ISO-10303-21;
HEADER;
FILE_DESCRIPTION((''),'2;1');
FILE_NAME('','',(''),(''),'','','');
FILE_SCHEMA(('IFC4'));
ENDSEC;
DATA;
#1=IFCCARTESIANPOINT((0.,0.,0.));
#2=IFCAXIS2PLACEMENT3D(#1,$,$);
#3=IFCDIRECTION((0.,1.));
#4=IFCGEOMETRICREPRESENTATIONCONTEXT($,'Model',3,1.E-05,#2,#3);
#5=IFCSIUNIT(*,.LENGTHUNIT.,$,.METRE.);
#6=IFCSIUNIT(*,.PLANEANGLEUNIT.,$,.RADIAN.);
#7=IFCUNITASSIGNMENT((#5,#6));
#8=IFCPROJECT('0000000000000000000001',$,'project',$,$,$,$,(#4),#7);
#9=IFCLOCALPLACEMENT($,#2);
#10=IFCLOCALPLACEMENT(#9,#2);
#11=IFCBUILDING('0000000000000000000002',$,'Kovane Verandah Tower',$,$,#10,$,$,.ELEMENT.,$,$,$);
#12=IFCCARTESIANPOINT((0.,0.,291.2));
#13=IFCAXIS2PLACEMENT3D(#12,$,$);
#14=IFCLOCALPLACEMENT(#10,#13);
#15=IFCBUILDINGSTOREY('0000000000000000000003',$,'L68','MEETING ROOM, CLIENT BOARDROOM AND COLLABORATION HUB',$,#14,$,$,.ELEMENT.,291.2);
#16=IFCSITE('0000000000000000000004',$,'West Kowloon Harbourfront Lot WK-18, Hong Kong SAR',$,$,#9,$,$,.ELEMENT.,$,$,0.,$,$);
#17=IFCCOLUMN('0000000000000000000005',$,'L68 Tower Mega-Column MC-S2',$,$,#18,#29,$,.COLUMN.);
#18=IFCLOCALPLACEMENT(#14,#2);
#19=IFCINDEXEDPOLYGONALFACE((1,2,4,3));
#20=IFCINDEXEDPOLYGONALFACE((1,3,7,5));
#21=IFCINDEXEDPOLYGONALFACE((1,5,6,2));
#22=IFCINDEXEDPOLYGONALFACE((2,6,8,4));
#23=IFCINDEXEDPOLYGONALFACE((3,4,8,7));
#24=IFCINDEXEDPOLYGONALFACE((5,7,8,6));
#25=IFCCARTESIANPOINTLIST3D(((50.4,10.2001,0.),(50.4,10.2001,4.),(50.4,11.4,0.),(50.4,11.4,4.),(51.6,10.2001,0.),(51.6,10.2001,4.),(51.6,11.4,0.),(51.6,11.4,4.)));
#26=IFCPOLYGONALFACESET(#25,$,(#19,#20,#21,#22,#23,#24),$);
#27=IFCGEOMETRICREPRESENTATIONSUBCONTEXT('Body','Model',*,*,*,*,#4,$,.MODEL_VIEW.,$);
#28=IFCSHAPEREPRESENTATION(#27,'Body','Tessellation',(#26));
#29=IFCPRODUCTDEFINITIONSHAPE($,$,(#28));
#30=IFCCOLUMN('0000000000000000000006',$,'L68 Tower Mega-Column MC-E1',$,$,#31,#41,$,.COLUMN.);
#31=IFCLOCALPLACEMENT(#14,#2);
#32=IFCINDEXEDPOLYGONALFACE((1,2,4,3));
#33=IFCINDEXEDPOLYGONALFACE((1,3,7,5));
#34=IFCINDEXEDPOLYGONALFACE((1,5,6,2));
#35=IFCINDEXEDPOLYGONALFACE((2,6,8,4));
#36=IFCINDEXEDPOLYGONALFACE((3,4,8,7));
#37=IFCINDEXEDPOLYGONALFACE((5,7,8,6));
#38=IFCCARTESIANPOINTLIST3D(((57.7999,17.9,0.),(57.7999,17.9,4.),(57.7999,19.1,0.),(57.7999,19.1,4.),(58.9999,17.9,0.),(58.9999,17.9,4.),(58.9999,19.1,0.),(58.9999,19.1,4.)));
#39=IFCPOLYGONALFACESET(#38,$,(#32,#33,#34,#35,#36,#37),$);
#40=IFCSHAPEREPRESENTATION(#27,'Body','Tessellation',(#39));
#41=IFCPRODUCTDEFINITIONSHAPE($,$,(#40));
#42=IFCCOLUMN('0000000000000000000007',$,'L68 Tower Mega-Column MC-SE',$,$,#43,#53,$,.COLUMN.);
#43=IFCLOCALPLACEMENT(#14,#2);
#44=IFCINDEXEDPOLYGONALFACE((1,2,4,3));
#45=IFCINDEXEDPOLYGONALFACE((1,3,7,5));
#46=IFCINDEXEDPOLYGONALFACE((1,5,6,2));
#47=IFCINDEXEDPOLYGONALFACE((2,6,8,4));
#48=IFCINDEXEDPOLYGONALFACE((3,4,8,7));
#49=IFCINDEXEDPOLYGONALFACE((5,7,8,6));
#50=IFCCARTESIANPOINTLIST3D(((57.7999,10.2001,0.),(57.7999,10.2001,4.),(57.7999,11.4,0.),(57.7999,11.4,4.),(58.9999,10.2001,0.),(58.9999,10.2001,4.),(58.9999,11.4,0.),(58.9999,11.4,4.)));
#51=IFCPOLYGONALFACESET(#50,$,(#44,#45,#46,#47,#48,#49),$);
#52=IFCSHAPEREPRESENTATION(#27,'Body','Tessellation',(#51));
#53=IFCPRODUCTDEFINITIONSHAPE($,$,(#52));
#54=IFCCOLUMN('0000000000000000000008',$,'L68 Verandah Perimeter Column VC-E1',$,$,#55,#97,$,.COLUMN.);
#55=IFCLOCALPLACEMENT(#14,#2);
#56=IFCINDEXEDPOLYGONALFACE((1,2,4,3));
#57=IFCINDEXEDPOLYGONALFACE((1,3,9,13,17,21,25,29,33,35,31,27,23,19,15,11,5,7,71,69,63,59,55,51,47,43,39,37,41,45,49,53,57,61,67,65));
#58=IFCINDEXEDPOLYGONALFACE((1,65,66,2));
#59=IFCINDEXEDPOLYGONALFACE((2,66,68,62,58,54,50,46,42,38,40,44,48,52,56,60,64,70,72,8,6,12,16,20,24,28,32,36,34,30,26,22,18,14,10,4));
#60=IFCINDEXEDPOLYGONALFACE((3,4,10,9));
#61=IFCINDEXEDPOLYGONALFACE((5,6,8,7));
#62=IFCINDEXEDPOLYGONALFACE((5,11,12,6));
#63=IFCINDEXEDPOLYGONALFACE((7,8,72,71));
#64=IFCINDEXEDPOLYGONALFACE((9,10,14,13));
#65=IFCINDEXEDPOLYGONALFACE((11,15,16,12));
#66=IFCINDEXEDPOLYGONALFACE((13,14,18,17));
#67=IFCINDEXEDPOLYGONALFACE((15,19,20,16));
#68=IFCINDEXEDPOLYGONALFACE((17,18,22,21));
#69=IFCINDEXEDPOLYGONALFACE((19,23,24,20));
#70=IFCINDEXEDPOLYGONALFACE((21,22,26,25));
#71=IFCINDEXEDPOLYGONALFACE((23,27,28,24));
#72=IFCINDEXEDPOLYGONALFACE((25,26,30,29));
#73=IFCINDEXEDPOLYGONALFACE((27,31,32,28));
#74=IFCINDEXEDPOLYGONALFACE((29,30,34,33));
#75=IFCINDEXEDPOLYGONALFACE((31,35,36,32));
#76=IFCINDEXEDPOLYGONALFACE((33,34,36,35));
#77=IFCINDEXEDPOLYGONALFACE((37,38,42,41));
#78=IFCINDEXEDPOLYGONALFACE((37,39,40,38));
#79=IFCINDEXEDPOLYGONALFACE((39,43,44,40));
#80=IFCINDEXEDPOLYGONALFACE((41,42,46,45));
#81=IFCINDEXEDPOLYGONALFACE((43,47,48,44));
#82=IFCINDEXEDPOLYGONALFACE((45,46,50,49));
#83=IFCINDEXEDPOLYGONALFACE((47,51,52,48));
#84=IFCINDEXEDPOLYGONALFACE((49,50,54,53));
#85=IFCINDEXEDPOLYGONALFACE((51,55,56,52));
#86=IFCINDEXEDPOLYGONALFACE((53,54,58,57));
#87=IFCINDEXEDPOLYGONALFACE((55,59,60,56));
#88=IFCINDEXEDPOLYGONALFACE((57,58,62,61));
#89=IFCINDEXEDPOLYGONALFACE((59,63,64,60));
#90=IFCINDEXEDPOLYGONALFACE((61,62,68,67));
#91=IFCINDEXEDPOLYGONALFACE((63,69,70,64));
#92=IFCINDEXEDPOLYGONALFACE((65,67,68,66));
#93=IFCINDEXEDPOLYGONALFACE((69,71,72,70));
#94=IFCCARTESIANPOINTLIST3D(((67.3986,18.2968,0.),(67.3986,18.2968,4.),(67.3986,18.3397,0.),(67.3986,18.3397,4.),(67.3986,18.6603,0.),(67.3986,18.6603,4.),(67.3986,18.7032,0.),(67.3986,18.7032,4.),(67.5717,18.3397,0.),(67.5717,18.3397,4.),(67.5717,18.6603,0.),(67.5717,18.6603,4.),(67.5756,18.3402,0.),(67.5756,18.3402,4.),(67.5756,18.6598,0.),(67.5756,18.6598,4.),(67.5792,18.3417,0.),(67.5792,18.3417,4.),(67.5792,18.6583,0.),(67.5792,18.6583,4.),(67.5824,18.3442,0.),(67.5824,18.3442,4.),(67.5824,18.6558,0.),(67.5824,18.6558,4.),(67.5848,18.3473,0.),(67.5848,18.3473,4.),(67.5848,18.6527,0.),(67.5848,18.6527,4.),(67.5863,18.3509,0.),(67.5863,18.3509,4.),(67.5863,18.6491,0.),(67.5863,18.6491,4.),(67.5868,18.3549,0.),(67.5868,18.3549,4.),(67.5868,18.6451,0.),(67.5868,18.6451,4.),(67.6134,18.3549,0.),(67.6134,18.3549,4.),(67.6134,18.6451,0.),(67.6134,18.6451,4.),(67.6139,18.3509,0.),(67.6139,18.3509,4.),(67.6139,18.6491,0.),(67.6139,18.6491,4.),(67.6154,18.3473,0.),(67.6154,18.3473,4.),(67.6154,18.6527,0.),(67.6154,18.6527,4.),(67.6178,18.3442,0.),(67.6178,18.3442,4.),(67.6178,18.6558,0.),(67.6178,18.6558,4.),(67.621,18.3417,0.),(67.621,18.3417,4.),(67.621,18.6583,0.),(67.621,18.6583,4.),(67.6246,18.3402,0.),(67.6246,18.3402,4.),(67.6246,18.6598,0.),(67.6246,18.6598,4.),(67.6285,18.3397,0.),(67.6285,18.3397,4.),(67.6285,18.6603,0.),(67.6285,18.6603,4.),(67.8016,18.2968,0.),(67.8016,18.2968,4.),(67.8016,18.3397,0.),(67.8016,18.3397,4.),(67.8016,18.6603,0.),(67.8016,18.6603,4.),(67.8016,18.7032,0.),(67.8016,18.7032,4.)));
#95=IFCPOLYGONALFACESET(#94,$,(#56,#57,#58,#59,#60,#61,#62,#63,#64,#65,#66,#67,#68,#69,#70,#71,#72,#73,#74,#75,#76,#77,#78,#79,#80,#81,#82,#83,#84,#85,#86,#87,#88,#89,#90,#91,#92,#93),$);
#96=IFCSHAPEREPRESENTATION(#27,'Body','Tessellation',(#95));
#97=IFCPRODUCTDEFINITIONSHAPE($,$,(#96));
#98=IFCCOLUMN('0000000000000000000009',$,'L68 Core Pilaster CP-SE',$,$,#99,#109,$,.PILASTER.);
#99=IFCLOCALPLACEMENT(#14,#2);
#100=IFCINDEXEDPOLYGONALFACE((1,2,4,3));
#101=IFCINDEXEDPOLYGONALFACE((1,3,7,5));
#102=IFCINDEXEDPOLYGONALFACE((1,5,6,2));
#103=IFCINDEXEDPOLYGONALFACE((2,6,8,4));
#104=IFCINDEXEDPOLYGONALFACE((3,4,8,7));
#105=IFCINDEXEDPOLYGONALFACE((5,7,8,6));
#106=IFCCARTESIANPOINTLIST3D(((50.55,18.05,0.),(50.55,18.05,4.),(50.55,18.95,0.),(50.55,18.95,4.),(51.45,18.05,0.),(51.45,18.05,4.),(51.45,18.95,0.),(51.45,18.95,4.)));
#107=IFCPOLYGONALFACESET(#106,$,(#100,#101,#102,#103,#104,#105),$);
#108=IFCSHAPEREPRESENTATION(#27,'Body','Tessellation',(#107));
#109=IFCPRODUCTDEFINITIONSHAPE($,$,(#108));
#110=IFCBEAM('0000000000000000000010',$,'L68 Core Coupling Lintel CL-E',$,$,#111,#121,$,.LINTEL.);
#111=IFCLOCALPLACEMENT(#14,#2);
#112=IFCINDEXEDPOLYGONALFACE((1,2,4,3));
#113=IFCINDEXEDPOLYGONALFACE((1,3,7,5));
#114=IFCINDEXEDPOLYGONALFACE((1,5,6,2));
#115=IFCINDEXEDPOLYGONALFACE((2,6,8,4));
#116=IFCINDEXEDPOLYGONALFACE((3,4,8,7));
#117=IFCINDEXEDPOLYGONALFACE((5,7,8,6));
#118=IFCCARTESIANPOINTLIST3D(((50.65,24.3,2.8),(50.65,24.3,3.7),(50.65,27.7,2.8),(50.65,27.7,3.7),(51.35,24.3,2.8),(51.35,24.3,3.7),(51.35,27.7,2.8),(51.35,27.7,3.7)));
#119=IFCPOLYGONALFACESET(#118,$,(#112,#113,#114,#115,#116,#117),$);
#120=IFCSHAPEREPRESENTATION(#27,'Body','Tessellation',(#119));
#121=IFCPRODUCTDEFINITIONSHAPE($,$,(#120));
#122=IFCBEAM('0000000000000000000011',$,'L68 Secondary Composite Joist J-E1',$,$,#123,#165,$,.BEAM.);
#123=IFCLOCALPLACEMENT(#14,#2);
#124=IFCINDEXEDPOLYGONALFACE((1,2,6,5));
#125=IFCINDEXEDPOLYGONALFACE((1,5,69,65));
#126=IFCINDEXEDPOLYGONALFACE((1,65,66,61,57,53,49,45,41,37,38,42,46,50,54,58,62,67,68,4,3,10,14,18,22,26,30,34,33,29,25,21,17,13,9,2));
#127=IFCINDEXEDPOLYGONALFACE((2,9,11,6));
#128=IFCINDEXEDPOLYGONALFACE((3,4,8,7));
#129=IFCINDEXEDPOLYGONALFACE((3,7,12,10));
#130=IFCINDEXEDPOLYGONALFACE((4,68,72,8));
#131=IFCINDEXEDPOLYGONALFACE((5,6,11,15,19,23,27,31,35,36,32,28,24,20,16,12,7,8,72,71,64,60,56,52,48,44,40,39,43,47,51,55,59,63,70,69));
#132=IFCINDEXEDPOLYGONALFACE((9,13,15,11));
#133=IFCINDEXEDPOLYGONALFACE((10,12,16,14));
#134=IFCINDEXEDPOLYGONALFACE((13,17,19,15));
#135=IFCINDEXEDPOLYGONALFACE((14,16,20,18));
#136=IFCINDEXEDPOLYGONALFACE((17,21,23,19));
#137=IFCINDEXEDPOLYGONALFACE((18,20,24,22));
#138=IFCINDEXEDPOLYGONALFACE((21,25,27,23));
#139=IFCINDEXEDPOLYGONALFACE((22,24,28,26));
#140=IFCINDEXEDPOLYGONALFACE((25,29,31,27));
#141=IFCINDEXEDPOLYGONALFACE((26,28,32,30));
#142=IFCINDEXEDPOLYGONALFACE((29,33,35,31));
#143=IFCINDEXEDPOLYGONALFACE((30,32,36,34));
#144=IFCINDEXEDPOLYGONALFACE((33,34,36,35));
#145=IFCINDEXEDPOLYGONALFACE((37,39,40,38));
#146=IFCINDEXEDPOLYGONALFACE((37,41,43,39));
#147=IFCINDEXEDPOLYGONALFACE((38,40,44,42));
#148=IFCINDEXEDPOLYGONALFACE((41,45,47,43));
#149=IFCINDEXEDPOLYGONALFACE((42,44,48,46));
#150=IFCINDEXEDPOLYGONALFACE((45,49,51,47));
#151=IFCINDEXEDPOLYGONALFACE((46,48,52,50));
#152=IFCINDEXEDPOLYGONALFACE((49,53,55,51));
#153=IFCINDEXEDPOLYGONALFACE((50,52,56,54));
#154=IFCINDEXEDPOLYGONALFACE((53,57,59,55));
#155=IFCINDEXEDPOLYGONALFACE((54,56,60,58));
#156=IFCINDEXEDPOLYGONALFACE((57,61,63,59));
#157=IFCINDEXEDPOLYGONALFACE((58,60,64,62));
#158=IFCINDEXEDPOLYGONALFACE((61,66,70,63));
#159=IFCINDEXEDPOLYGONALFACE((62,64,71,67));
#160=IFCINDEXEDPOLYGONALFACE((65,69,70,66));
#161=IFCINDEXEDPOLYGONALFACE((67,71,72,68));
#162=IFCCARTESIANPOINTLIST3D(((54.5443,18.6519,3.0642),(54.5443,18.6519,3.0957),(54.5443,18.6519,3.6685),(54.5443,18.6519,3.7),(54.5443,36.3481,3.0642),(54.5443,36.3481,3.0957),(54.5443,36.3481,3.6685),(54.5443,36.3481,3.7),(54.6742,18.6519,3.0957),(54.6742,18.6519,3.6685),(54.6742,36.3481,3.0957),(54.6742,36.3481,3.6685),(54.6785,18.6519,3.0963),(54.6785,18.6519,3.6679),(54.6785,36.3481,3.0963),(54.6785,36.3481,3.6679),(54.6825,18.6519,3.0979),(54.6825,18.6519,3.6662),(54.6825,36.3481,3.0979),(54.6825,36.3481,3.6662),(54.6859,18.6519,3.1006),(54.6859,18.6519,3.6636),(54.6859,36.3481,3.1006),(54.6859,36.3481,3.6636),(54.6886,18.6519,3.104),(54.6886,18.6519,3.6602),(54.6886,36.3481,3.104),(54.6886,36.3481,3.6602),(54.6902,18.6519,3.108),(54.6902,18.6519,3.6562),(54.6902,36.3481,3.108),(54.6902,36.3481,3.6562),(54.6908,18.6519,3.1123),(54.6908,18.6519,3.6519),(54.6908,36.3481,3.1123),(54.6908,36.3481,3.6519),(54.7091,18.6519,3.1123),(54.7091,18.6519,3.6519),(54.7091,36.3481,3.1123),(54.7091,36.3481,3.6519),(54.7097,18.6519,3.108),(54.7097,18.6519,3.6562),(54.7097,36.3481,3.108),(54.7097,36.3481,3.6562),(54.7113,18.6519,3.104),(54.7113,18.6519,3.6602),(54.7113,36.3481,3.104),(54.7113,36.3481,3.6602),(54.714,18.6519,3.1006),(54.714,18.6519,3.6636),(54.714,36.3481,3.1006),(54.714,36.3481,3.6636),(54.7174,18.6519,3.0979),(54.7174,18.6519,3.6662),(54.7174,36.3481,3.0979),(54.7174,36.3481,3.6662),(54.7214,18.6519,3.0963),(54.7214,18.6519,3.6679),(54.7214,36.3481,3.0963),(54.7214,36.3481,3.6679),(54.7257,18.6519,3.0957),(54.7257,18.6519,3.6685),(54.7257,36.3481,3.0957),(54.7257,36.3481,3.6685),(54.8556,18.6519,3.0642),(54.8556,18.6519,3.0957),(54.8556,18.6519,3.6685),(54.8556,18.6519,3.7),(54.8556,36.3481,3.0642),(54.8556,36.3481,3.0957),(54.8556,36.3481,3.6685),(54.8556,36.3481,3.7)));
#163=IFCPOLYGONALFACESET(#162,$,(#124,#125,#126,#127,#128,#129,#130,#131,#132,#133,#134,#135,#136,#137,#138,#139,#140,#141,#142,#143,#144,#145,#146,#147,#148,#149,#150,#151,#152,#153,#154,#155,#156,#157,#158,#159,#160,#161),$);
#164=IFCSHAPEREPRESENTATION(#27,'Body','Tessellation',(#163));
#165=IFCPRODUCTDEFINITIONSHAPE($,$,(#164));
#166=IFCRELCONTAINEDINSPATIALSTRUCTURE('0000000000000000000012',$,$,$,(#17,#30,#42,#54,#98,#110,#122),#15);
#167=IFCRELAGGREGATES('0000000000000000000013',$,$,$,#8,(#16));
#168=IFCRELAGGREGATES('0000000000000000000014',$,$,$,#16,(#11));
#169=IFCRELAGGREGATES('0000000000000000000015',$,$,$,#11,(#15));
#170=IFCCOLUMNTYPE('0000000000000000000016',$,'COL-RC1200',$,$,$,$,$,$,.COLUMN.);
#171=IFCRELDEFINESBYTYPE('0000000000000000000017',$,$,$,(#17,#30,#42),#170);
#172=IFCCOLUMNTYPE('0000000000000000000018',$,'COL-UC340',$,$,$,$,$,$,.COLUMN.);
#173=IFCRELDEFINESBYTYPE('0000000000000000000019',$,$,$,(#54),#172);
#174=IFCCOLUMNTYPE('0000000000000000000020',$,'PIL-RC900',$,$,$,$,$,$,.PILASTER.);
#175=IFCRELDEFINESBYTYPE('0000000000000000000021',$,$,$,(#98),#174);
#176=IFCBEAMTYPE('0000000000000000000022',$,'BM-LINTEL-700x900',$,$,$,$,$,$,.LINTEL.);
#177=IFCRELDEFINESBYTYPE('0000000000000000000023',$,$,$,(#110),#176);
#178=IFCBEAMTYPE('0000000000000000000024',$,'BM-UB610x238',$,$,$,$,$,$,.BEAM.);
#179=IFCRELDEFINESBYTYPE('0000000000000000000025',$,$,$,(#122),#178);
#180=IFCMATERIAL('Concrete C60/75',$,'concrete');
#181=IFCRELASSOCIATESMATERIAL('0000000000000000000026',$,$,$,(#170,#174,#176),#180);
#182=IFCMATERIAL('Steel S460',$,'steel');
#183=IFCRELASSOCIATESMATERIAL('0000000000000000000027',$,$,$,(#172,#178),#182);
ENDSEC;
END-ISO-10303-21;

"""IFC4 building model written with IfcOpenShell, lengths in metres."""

from ifc_helpers import new_model, si_unit, direction, frame, origin, origin_2d, place, context, subcontext, project, spatial, rectangle, i_section, extrude, material, material_profile, profile_set, type_object, element, save


model = new_model("IFC4")

# Units and contexts
model_context = context("Model", 3, precision=1e-05, world=origin(), true_north=direction((0.0, 1.0)))
body_context = subcontext(model_context, "Body", "Model", "MODEL_VIEW")
ifc_project = project(units=[si_unit("LENGTHUNIT", "METRE"), si_unit("PLANEANGLEUNIT", "RADIAN")], contexts=[model_context])

# Site, building, storey
site_placement = place(None, origin())
site = spatial("IfcSite", under=ifc_project, at=site_placement, Name="West Kowloon Harbourfront Lot WK-18, Hong Kong SAR", CompositionType="ELEMENT", RefElevation=0.0)
building_placement = place(site_placement, origin())
building = spatial("IfcBuilding", under=site, at=building_placement, Name="Kovane Verandah Tower", CompositionType="ELEMENT")
storey_placement = place(building_placement, frame((0.0, 0.0, 291.2)))
storey = spatial("IfcBuildingStorey", under=building, at=storey_placement, Name="L68", Description="MEETING ROOM, CLIENT BOARDROOM AND COLLABORATION HUB", CompositionType="ELEMENT", Elevation=291.2)

# Columns
ifc_material_1 = material(Name="Concrete C60/75", Category="concrete")
ifc_material_profile_1 = material_profile(ifc_material_1, rectangle(XDim=1.2, YDim=1.2, at=origin_2d()), Name="RC1200x1200")
ifc_profile_set_1 = profile_set([ifc_material_profile_1], Name="Concrete C60/75")
column_type_1 = type_object("IfcColumnType", Name="COL-RC1200", PredefinedType="COLUMN", material=ifc_profile_set_1)
for number, where, z_axis, x_axis, name in (
    (1, (51.0, 10.8, 0.0), (0.0, 0.0, 1.0), (1.0, 0.0, 0.0), "L68 Tower Mega-Column MC-S2"),
    (2, (58.3999, 18.5, 0.0), (0.0, 0.0, 1.0), (1.0, 0.0, 0.0), "L68 Tower Mega-Column MC-E1"),
    (3, (58.3999, 10.8, 0.0), (0.0, 0.0, 1.0), (1.0, 0.0, 0.0), "L68 Tower Mega-Column MC-SE"),
):
    element("IfcColumn", number, at=place(storey_placement, frame(where, z_axis=z_axis, x_axis=x_axis)), inside=storey, type_object=column_type_1, Name=name, PredefinedType="COLUMN", context=body_context, shape_type="SweptSolid", body=[
        extrude(rectangle(XDim=1.2, YDim=1.2, at=origin_2d()), origin(), (0.0, 0.0, 1.0), 4.0),
    ])
ifc_material_2 = material(Name="Steel S460", Category="steel")
ifc_material_profile_2 = material_profile(ifc_material_2, i_section(OverallWidth=0.4031, OverallDepth=0.4065, WebThickness=0.0266, FlangeThickness=0.043, FilletRadius=0.0151, at=origin_2d()), Name="UC356x406x340")
ifc_profile_set_2 = profile_set([ifc_material_profile_2], Name="Steel S460")
column_type_2 = type_object("IfcColumnType", Name="COL-UC340", PredefinedType="COLUMN", material=ifc_profile_set_2)
column_1_placement = place(storey_placement, frame((67.6001, 18.5, 0.0), z_axis=(0.0, 0.0, 1.0), x_axis=(1.0, 0.0, 0.0)))
element("IfcColumn", 4, at=column_1_placement, inside=storey, type_object=column_type_2, Name="L68 Verandah Perimeter Column VC-E1", PredefinedType="COLUMN", context=body_context, shape_type="SweptSolid", body=[
    extrude(i_section(OverallWidth=0.4031, OverallDepth=0.4065, WebThickness=0.0266, FlangeThickness=0.043, FilletRadius=0.0151, at=origin_2d()), origin(), (0.0, 0.0, 1.0), 4.0),
])
ifc_material_profile_3 = material_profile(ifc_material_1, rectangle(XDim=0.8999, YDim=0.8999, at=origin_2d()), Name="RC900x900")
ifc_profile_set_3 = profile_set([ifc_material_profile_3], Name="Concrete C60/75")
column_type_3 = type_object("IfcColumnType", Name="PIL-RC900", PredefinedType="PILASTER", material=ifc_profile_set_3)
column_2_placement = place(storey_placement, frame((51.0, 18.5, 0.0), z_axis=(0.0, 0.0, 1.0), x_axis=(1.0, 0.0, 0.0)))
element("IfcColumn", 5, at=column_2_placement, inside=storey, type_object=column_type_3, Name="L68 Core Pilaster CP-SE", PredefinedType="PILASTER", context=body_context, shape_type="SweptSolid", body=[
    extrude(rectangle(XDim=0.8999, YDim=0.8999, at=origin_2d()), origin(), (0.0, 0.0, 1.0), 4.0),
])

# Beams
ifc_material_profile_4 = material_profile(ifc_material_1, rectangle(XDim=0.7, YDim=0.8999, at=origin_2d()), Name="RCB700x900")
ifc_profile_set_4 = profile_set([ifc_material_profile_4], Name="Concrete C60/75")
beam_type_1 = type_object("IfcBeamType", Name="BM-LINTEL-700x900", PredefinedType="LINTEL", material=ifc_profile_set_4)
beam_1_placement = place(storey_placement, frame((51.0, 24.3, 3.25), z_axis=(0.0, 1.0, 0.0), x_axis=(-1.0, 0.0, 0.0)))
element("IfcBeam", 6, at=beam_1_placement, inside=storey, type_object=beam_type_1, Name="L68 Core Coupling Lintel CL-E", PredefinedType="LINTEL", context=body_context, shape_type="SweptSolid", body=[
    extrude(rectangle(XDim=0.7, YDim=0.8999, at=origin_2d()), origin(), (0.0, 0.0, 1.0), 3.3999),
])
ifc_material_profile_5 = material_profile(ifc_material_2, i_section(OverallWidth=0.3113, OverallDepth=0.6357, WebThickness=0.0183, FlangeThickness=0.0315, FilletRadius=0.0166, at=origin_2d()), Name="UB610x305x238")
ifc_profile_set_5 = profile_set([ifc_material_profile_5], Name="Steel S460")
beam_type_2 = type_object("IfcBeamType", Name="BM-UB610x238", PredefinedType="BEAM", material=ifc_profile_set_5)
beam_2_placement = place(storey_placement, frame((54.7, 18.6519, 3.3821), z_axis=(0.0, 1.0, 0.0), x_axis=(-1.0, 0.0, 0.0)))
element("IfcBeam", 7, at=beam_2_placement, inside=storey, type_object=beam_type_2, Name="L68 Secondary Composite Joist J-E1", PredefinedType="BEAM", context=body_context, shape_type="SweptSolid", body=[
    extrude(i_section(OverallWidth=0.3113, OverallDepth=0.6357, WebThickness=0.0183, FlangeThickness=0.0315, FilletRadius=0.0166, at=origin_2d()), origin(), (0.0, 0.0, 1.0), 17.6963),
])

save(model, "model.ifc")
